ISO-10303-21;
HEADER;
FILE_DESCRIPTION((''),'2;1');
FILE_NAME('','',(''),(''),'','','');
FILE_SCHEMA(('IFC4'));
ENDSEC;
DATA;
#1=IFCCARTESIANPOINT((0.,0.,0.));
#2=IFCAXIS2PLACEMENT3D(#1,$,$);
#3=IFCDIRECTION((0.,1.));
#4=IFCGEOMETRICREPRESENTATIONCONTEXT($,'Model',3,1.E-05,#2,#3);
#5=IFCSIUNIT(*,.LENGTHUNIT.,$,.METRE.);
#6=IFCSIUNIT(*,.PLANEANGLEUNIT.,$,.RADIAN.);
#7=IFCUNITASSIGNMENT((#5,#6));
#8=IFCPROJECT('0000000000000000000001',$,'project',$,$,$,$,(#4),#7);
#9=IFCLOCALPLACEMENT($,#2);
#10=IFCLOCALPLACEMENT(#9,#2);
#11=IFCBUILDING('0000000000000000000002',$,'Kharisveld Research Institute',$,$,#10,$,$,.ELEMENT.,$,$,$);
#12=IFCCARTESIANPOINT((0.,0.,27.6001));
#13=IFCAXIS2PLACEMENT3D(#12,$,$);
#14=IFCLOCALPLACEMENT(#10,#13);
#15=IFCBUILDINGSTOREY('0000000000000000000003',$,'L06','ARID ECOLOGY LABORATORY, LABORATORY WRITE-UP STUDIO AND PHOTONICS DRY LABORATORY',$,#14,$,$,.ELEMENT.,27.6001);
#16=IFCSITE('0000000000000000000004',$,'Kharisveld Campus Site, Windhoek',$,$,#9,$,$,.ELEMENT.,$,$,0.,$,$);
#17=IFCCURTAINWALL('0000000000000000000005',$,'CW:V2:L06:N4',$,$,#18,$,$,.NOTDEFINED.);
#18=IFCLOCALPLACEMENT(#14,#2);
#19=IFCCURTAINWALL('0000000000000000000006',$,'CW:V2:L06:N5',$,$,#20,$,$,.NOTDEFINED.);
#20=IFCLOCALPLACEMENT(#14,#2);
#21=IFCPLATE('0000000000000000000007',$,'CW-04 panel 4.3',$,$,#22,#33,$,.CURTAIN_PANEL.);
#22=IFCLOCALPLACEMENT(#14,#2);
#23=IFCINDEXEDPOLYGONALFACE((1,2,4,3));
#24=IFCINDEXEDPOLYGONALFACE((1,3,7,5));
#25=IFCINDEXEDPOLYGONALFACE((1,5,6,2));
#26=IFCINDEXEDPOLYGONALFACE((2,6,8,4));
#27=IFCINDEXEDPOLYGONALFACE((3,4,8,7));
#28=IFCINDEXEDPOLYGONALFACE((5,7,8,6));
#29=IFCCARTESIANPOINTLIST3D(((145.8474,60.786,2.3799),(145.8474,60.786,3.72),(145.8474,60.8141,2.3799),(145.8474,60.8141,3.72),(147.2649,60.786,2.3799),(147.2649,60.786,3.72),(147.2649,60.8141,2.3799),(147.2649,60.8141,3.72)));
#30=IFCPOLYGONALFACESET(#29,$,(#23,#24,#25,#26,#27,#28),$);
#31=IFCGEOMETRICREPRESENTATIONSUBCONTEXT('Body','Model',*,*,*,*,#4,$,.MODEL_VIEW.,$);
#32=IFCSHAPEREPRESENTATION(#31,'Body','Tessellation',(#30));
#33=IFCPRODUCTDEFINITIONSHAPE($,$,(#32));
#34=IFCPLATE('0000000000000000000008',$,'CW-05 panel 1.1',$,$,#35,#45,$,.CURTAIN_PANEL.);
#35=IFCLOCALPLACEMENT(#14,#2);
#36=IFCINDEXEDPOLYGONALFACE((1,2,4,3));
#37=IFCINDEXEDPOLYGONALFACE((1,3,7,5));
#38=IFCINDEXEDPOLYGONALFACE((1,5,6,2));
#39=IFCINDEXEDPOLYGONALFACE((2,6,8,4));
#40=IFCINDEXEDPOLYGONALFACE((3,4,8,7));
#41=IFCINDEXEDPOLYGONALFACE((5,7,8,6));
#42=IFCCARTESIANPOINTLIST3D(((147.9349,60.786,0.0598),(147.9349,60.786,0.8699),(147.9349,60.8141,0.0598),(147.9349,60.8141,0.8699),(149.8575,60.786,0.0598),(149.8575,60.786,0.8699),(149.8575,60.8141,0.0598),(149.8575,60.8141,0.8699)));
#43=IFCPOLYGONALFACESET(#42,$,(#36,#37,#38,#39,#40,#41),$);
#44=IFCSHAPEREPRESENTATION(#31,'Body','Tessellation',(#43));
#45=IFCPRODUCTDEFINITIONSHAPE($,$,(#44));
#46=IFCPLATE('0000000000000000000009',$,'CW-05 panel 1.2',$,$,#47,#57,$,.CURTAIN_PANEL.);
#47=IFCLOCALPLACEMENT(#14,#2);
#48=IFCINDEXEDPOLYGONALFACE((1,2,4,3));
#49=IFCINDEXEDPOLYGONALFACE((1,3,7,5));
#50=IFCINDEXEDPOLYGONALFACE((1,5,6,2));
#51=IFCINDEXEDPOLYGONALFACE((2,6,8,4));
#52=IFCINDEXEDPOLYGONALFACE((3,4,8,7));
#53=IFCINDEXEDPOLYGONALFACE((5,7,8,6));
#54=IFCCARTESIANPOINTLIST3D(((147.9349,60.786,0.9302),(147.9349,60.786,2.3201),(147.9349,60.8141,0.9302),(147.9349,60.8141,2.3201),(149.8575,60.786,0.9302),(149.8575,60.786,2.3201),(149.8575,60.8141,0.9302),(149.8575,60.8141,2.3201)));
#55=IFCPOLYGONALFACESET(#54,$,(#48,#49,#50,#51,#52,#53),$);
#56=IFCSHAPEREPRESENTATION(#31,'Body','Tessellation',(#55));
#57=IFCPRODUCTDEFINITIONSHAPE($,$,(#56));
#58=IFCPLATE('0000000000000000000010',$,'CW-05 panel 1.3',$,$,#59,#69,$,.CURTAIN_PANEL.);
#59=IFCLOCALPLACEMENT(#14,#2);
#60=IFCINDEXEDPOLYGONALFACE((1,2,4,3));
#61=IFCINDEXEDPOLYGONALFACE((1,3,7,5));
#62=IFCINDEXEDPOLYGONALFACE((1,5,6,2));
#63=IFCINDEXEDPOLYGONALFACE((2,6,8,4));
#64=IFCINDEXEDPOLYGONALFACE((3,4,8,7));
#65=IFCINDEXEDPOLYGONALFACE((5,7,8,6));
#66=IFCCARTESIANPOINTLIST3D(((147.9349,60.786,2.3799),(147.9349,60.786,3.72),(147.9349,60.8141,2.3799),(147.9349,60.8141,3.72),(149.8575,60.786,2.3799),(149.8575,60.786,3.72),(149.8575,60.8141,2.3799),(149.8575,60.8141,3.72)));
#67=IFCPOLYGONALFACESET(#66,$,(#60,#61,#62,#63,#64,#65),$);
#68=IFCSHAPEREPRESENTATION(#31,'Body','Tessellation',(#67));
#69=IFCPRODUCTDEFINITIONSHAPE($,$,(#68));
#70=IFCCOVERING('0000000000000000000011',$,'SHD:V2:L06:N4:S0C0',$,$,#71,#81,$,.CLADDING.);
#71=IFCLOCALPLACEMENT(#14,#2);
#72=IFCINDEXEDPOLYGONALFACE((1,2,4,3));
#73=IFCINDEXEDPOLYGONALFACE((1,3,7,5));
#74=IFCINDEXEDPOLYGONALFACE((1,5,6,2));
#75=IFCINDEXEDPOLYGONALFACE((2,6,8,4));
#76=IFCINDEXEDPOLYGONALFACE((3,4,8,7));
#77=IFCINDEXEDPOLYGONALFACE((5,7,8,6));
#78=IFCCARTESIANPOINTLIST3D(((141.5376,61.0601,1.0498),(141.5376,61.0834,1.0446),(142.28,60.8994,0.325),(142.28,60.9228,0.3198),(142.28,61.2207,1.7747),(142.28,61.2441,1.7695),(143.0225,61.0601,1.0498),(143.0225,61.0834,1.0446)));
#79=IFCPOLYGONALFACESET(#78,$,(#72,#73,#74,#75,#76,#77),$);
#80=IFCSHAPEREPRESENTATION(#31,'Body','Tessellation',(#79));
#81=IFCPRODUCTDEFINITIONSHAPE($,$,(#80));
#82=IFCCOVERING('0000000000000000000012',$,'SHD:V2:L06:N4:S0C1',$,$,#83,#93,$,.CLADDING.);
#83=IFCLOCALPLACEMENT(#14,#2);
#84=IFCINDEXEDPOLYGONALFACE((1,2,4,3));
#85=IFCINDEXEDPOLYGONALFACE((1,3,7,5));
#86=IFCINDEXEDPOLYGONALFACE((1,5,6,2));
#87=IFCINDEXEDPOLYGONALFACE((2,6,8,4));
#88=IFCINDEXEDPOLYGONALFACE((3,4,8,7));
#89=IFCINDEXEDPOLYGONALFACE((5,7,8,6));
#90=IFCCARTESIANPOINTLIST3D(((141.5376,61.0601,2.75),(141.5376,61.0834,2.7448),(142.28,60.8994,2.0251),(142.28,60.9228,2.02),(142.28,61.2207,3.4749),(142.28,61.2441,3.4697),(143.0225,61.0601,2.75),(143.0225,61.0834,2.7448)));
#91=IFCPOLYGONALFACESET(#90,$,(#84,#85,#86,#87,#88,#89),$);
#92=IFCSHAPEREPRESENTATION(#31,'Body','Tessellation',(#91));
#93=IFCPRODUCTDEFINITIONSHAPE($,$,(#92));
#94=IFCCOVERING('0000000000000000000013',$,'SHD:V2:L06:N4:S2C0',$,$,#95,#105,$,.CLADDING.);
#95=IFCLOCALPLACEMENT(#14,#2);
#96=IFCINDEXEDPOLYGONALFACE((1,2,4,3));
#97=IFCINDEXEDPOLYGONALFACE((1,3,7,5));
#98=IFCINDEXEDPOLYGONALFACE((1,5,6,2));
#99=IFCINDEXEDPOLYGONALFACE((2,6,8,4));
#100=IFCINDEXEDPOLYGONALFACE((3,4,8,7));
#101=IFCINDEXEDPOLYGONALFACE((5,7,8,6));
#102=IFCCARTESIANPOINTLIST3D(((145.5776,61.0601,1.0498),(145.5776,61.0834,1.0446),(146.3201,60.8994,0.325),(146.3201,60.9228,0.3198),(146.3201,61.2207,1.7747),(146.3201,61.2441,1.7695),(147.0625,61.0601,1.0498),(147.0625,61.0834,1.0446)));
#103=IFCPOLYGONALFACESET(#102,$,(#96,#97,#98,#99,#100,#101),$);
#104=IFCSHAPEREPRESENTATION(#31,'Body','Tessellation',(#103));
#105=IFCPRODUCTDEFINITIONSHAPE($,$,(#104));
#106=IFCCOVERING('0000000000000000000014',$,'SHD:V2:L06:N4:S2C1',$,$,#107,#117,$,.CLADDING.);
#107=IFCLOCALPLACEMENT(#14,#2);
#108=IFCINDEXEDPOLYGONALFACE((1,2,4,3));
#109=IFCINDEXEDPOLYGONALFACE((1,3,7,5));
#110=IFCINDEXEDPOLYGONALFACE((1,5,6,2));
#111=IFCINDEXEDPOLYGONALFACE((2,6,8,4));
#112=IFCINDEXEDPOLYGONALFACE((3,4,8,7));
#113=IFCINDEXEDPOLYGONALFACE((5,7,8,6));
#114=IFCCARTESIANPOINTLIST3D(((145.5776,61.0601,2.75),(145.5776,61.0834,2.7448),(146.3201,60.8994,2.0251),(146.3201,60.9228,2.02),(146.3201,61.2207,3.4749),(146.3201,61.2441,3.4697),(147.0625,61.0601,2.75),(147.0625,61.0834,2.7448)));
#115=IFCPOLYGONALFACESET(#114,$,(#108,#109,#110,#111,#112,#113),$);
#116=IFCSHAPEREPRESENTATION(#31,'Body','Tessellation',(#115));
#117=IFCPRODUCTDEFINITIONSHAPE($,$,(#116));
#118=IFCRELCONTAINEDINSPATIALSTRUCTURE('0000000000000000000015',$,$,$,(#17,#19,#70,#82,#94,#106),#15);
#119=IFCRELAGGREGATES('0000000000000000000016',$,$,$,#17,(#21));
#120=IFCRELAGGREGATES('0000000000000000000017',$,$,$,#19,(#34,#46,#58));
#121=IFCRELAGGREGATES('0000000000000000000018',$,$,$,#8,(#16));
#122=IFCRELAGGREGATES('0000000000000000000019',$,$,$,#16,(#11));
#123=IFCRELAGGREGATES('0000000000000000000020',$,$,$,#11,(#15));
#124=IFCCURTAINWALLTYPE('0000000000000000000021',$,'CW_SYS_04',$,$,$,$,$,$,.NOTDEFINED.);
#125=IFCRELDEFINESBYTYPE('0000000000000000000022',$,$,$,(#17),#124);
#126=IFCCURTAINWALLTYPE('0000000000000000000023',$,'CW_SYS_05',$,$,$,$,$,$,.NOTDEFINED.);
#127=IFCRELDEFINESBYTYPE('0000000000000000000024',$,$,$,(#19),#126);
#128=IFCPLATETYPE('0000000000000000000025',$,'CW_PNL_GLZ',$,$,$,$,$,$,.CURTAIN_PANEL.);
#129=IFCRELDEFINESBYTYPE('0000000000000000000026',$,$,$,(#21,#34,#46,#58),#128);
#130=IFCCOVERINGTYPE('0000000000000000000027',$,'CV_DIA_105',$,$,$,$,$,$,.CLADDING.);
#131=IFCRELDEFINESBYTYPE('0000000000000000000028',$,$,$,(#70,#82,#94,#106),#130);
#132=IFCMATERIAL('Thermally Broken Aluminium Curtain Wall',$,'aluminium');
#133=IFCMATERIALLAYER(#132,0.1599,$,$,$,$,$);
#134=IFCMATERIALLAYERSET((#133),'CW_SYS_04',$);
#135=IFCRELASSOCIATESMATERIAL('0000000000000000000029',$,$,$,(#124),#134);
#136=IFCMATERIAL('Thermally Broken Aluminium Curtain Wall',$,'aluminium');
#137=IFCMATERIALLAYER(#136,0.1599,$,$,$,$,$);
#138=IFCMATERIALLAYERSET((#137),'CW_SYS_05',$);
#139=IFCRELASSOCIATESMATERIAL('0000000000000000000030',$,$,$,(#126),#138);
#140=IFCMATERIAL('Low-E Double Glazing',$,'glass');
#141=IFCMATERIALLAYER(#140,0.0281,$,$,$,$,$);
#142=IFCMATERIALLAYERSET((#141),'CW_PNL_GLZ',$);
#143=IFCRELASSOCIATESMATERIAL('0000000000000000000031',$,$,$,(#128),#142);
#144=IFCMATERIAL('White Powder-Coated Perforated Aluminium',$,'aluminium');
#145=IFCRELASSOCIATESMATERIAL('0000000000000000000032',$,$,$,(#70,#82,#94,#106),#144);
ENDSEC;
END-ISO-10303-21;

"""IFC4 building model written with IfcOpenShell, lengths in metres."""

from ifc_helpers import new_model, si_unit, direction, frame, origin, origin_2d, place, context, subcontext, project, spatial, polyline, rectangle, outline, extrude, material, layer, layer_set, type_object, element, aggregate, save


model = new_model("IFC4")

# Units and contexts
model_context = context("Model", 3, precision=1e-05, world=origin(), true_north=direction((0.0, 1.0)))
body_context = subcontext(model_context, "Body", "Model", "MODEL_VIEW")
ifc_project = project(units=[si_unit("LENGTHUNIT", "METRE"), si_unit("PLANEANGLEUNIT", "RADIAN")], contexts=[model_context])

# Site, building, storey
site_placement = place(None, origin())
site = spatial("IfcSite", under=ifc_project, at=site_placement, Name="Kharisveld Campus Site, Windhoek", CompositionType="ELEMENT", RefElevation=0.0)
building_placement = place(site_placement, origin())
building = spatial("IfcBuilding", under=site, at=building_placement, Name="Kharisveld Research Institute", CompositionType="ELEMENT")
storey_placement = place(building_placement, frame((0.0, 0.0, 27.6001)))
storey = spatial("IfcBuildingStorey", under=building, at=storey_placement, Name="L06", Description="ARID ECOLOGY LABORATORY, LABORATORY WRITE-UP STUDIO AND PHOTONICS DRY LABORATORY", CompositionType="ELEMENT", Elevation=27.6001)

# Curtain walls
ifc_material_1 = material(Name="Thermally Broken Aluminium Curtain Wall", Category="aluminium")
ifc_layer_1 = layer(ifc_material_1, 0.1599)
ifc_layer_set_1 = layer_set([ifc_layer_1], Name="CW_SYS_04")
curtain_wall_type_1 = type_object("IfcCurtainWallType", Name="CW_SYS_04", PredefinedType="NOTDEFINED", material=ifc_layer_set_1)
curtain_wall_1_placement = place(storey_placement, origin())
curtain_wall_1 = element("IfcCurtainWall", 1, at=curtain_wall_1_placement, inside=storey, type_object=curtain_wall_type_1, Name="CW:V2:L06:N4", PredefinedType="NOTDEFINED")
ifc_material_2 = material(Name="Thermally Broken Aluminium Curtain Wall", Category="aluminium")
ifc_layer_2 = layer(ifc_material_2, 0.1599)
ifc_layer_set_2 = layer_set([ifc_layer_2], Name="CW_SYS_05")
curtain_wall_type_2 = type_object("IfcCurtainWallType", Name="CW_SYS_05", PredefinedType="NOTDEFINED", material=ifc_layer_set_2)
curtain_wall_2_placement = place(storey_placement, origin())
curtain_wall_2 = element("IfcCurtainWall", 2, at=curtain_wall_2_placement, inside=storey, type_object=curtain_wall_type_2, Name="CW:V2:L06:N5", PredefinedType="NOTDEFINED")

# Plates
ifc_material_3 = material(Name="Low-E Double Glazing", Category="glass")
ifc_layer_3 = layer(ifc_material_3, 0.0281)
ifc_layer_set_3 = layer_set([ifc_layer_3], Name="CW_PNL_GLZ")
plate_type = type_object("IfcPlateType", Name="CW_PNL_GLZ", PredefinedType="CURTAIN_PANEL", material=ifc_layer_set_3)
plate_1_placement = place(storey_placement, frame((146.5562, 60.8, 2.3799), z_axis=(0.0, 0.0, 1.0), x_axis=(1.0, 0.0, 0.0)))
plate_1 = element("IfcPlate", 3, at=plate_1_placement, type_object=plate_type, Name="CW-04 panel 4.3", PredefinedType="CURTAIN_PANEL", context=body_context, shape_type="SweptSolid", body=[
    extrude(rectangle(XDim=1.4175, YDim=0.0281, at=origin_2d()), origin(), (0.0, 0.0, 1.0), 1.3401),
])
aggregate(curtain_wall_1, [plate_1])
plate_2_placement = place(storey_placement, frame((148.8962, 60.8, 0.0598), z_axis=(0.0, 0.0, 1.0), x_axis=(1.0, 0.0, 0.0)))
plate_2 = element("IfcPlate", 4, at=plate_2_placement, type_object=plate_type, Name="CW-05 panel 1.1", PredefinedType="CURTAIN_PANEL", context=body_context, shape_type="SweptSolid", body=[
    extrude(rectangle(XDim=1.9226, YDim=0.0281, at=origin_2d()), origin(), (0.0, 0.0, 1.0), 0.8101),
])
plate_3_placement = place(storey_placement, frame((148.8962, 60.8, 0.9302), z_axis=(0.0, 0.0, 1.0), x_axis=(1.0, 0.0, 0.0)))
plate_3 = element("IfcPlate", 5, at=plate_3_placement, type_object=plate_type, Name="CW-05 panel 1.2", PredefinedType="CURTAIN_PANEL", context=body_context, shape_type="SweptSolid", body=[
    extrude(rectangle(XDim=1.9226, YDim=0.0281, at=origin_2d()), origin(), (0.0, 0.0, 1.0), 1.3899),
])
plate_4_placement = place(storey_placement, frame((148.8962, 60.8, 2.3799), z_axis=(0.0, 0.0, 1.0), x_axis=(1.0, 0.0, 0.0)))
plate_4 = element("IfcPlate", 6, at=plate_4_placement, type_object=plate_type, Name="CW-05 panel 1.3", PredefinedType="CURTAIN_PANEL", context=body_context, shape_type="SweptSolid", body=[
    extrude(rectangle(XDim=1.9226, YDim=0.0281, at=origin_2d()), origin(), (0.0, 0.0, 1.0), 1.3401),
])
aggregate(curtain_wall_2, [plate_2, plate_3, plate_4])

# Coverings
ifc_material_4 = material(Name="White Powder-Coated Perforated Aluminium", Category="aluminium")
covering_type = type_object("IfcCoveringType", Name="CV_DIA_105", PredefinedType="CLADDING")
for number, where, z_axis, x_axis, name in (
    (7, (142.28, 60.8994, 0.325), (0.0, -0.976311, 0.216373), (0.707102, 0.153, 0.69036), "SHD:V2:L06:N4:S0C0"),
    (8, (142.28, 60.8994, 2.0251), (0.0, -0.976311, 0.216373), (0.707102, 0.153, 0.69036), "SHD:V2:L06:N4:S0C1"),
    (9, (146.3201, 60.8994, 0.325), (0.0, -0.976311, 0.216373), (0.707102, 0.153, 0.69036), "SHD:V2:L06:N4:S2C0"),
    (10, (146.3201, 60.8994, 2.0251), (0.0, -0.976311, 0.216373), (0.707102, 0.153, 0.69036), "SHD:V2:L06:N4:S2C1"),
):
    element("IfcCovering", number, at=place(storey_placement, frame(where, z_axis=z_axis, x_axis=x_axis)), inside=storey, type_object=covering_type, material=ifc_material_4, Name=name, PredefinedType="CLADDING", context=body_context, shape_type="SweptSolid", body=[
        extrude(outline(polyline([(0.0, 0.0), (1.05, 0.0), (1.05, 1.05), (0.0, 1.05), (0.0, 0.0)])), origin(), (0.0, 0.0, -1.0), 0.0239),
    ])

save(model, "model.ifc")
